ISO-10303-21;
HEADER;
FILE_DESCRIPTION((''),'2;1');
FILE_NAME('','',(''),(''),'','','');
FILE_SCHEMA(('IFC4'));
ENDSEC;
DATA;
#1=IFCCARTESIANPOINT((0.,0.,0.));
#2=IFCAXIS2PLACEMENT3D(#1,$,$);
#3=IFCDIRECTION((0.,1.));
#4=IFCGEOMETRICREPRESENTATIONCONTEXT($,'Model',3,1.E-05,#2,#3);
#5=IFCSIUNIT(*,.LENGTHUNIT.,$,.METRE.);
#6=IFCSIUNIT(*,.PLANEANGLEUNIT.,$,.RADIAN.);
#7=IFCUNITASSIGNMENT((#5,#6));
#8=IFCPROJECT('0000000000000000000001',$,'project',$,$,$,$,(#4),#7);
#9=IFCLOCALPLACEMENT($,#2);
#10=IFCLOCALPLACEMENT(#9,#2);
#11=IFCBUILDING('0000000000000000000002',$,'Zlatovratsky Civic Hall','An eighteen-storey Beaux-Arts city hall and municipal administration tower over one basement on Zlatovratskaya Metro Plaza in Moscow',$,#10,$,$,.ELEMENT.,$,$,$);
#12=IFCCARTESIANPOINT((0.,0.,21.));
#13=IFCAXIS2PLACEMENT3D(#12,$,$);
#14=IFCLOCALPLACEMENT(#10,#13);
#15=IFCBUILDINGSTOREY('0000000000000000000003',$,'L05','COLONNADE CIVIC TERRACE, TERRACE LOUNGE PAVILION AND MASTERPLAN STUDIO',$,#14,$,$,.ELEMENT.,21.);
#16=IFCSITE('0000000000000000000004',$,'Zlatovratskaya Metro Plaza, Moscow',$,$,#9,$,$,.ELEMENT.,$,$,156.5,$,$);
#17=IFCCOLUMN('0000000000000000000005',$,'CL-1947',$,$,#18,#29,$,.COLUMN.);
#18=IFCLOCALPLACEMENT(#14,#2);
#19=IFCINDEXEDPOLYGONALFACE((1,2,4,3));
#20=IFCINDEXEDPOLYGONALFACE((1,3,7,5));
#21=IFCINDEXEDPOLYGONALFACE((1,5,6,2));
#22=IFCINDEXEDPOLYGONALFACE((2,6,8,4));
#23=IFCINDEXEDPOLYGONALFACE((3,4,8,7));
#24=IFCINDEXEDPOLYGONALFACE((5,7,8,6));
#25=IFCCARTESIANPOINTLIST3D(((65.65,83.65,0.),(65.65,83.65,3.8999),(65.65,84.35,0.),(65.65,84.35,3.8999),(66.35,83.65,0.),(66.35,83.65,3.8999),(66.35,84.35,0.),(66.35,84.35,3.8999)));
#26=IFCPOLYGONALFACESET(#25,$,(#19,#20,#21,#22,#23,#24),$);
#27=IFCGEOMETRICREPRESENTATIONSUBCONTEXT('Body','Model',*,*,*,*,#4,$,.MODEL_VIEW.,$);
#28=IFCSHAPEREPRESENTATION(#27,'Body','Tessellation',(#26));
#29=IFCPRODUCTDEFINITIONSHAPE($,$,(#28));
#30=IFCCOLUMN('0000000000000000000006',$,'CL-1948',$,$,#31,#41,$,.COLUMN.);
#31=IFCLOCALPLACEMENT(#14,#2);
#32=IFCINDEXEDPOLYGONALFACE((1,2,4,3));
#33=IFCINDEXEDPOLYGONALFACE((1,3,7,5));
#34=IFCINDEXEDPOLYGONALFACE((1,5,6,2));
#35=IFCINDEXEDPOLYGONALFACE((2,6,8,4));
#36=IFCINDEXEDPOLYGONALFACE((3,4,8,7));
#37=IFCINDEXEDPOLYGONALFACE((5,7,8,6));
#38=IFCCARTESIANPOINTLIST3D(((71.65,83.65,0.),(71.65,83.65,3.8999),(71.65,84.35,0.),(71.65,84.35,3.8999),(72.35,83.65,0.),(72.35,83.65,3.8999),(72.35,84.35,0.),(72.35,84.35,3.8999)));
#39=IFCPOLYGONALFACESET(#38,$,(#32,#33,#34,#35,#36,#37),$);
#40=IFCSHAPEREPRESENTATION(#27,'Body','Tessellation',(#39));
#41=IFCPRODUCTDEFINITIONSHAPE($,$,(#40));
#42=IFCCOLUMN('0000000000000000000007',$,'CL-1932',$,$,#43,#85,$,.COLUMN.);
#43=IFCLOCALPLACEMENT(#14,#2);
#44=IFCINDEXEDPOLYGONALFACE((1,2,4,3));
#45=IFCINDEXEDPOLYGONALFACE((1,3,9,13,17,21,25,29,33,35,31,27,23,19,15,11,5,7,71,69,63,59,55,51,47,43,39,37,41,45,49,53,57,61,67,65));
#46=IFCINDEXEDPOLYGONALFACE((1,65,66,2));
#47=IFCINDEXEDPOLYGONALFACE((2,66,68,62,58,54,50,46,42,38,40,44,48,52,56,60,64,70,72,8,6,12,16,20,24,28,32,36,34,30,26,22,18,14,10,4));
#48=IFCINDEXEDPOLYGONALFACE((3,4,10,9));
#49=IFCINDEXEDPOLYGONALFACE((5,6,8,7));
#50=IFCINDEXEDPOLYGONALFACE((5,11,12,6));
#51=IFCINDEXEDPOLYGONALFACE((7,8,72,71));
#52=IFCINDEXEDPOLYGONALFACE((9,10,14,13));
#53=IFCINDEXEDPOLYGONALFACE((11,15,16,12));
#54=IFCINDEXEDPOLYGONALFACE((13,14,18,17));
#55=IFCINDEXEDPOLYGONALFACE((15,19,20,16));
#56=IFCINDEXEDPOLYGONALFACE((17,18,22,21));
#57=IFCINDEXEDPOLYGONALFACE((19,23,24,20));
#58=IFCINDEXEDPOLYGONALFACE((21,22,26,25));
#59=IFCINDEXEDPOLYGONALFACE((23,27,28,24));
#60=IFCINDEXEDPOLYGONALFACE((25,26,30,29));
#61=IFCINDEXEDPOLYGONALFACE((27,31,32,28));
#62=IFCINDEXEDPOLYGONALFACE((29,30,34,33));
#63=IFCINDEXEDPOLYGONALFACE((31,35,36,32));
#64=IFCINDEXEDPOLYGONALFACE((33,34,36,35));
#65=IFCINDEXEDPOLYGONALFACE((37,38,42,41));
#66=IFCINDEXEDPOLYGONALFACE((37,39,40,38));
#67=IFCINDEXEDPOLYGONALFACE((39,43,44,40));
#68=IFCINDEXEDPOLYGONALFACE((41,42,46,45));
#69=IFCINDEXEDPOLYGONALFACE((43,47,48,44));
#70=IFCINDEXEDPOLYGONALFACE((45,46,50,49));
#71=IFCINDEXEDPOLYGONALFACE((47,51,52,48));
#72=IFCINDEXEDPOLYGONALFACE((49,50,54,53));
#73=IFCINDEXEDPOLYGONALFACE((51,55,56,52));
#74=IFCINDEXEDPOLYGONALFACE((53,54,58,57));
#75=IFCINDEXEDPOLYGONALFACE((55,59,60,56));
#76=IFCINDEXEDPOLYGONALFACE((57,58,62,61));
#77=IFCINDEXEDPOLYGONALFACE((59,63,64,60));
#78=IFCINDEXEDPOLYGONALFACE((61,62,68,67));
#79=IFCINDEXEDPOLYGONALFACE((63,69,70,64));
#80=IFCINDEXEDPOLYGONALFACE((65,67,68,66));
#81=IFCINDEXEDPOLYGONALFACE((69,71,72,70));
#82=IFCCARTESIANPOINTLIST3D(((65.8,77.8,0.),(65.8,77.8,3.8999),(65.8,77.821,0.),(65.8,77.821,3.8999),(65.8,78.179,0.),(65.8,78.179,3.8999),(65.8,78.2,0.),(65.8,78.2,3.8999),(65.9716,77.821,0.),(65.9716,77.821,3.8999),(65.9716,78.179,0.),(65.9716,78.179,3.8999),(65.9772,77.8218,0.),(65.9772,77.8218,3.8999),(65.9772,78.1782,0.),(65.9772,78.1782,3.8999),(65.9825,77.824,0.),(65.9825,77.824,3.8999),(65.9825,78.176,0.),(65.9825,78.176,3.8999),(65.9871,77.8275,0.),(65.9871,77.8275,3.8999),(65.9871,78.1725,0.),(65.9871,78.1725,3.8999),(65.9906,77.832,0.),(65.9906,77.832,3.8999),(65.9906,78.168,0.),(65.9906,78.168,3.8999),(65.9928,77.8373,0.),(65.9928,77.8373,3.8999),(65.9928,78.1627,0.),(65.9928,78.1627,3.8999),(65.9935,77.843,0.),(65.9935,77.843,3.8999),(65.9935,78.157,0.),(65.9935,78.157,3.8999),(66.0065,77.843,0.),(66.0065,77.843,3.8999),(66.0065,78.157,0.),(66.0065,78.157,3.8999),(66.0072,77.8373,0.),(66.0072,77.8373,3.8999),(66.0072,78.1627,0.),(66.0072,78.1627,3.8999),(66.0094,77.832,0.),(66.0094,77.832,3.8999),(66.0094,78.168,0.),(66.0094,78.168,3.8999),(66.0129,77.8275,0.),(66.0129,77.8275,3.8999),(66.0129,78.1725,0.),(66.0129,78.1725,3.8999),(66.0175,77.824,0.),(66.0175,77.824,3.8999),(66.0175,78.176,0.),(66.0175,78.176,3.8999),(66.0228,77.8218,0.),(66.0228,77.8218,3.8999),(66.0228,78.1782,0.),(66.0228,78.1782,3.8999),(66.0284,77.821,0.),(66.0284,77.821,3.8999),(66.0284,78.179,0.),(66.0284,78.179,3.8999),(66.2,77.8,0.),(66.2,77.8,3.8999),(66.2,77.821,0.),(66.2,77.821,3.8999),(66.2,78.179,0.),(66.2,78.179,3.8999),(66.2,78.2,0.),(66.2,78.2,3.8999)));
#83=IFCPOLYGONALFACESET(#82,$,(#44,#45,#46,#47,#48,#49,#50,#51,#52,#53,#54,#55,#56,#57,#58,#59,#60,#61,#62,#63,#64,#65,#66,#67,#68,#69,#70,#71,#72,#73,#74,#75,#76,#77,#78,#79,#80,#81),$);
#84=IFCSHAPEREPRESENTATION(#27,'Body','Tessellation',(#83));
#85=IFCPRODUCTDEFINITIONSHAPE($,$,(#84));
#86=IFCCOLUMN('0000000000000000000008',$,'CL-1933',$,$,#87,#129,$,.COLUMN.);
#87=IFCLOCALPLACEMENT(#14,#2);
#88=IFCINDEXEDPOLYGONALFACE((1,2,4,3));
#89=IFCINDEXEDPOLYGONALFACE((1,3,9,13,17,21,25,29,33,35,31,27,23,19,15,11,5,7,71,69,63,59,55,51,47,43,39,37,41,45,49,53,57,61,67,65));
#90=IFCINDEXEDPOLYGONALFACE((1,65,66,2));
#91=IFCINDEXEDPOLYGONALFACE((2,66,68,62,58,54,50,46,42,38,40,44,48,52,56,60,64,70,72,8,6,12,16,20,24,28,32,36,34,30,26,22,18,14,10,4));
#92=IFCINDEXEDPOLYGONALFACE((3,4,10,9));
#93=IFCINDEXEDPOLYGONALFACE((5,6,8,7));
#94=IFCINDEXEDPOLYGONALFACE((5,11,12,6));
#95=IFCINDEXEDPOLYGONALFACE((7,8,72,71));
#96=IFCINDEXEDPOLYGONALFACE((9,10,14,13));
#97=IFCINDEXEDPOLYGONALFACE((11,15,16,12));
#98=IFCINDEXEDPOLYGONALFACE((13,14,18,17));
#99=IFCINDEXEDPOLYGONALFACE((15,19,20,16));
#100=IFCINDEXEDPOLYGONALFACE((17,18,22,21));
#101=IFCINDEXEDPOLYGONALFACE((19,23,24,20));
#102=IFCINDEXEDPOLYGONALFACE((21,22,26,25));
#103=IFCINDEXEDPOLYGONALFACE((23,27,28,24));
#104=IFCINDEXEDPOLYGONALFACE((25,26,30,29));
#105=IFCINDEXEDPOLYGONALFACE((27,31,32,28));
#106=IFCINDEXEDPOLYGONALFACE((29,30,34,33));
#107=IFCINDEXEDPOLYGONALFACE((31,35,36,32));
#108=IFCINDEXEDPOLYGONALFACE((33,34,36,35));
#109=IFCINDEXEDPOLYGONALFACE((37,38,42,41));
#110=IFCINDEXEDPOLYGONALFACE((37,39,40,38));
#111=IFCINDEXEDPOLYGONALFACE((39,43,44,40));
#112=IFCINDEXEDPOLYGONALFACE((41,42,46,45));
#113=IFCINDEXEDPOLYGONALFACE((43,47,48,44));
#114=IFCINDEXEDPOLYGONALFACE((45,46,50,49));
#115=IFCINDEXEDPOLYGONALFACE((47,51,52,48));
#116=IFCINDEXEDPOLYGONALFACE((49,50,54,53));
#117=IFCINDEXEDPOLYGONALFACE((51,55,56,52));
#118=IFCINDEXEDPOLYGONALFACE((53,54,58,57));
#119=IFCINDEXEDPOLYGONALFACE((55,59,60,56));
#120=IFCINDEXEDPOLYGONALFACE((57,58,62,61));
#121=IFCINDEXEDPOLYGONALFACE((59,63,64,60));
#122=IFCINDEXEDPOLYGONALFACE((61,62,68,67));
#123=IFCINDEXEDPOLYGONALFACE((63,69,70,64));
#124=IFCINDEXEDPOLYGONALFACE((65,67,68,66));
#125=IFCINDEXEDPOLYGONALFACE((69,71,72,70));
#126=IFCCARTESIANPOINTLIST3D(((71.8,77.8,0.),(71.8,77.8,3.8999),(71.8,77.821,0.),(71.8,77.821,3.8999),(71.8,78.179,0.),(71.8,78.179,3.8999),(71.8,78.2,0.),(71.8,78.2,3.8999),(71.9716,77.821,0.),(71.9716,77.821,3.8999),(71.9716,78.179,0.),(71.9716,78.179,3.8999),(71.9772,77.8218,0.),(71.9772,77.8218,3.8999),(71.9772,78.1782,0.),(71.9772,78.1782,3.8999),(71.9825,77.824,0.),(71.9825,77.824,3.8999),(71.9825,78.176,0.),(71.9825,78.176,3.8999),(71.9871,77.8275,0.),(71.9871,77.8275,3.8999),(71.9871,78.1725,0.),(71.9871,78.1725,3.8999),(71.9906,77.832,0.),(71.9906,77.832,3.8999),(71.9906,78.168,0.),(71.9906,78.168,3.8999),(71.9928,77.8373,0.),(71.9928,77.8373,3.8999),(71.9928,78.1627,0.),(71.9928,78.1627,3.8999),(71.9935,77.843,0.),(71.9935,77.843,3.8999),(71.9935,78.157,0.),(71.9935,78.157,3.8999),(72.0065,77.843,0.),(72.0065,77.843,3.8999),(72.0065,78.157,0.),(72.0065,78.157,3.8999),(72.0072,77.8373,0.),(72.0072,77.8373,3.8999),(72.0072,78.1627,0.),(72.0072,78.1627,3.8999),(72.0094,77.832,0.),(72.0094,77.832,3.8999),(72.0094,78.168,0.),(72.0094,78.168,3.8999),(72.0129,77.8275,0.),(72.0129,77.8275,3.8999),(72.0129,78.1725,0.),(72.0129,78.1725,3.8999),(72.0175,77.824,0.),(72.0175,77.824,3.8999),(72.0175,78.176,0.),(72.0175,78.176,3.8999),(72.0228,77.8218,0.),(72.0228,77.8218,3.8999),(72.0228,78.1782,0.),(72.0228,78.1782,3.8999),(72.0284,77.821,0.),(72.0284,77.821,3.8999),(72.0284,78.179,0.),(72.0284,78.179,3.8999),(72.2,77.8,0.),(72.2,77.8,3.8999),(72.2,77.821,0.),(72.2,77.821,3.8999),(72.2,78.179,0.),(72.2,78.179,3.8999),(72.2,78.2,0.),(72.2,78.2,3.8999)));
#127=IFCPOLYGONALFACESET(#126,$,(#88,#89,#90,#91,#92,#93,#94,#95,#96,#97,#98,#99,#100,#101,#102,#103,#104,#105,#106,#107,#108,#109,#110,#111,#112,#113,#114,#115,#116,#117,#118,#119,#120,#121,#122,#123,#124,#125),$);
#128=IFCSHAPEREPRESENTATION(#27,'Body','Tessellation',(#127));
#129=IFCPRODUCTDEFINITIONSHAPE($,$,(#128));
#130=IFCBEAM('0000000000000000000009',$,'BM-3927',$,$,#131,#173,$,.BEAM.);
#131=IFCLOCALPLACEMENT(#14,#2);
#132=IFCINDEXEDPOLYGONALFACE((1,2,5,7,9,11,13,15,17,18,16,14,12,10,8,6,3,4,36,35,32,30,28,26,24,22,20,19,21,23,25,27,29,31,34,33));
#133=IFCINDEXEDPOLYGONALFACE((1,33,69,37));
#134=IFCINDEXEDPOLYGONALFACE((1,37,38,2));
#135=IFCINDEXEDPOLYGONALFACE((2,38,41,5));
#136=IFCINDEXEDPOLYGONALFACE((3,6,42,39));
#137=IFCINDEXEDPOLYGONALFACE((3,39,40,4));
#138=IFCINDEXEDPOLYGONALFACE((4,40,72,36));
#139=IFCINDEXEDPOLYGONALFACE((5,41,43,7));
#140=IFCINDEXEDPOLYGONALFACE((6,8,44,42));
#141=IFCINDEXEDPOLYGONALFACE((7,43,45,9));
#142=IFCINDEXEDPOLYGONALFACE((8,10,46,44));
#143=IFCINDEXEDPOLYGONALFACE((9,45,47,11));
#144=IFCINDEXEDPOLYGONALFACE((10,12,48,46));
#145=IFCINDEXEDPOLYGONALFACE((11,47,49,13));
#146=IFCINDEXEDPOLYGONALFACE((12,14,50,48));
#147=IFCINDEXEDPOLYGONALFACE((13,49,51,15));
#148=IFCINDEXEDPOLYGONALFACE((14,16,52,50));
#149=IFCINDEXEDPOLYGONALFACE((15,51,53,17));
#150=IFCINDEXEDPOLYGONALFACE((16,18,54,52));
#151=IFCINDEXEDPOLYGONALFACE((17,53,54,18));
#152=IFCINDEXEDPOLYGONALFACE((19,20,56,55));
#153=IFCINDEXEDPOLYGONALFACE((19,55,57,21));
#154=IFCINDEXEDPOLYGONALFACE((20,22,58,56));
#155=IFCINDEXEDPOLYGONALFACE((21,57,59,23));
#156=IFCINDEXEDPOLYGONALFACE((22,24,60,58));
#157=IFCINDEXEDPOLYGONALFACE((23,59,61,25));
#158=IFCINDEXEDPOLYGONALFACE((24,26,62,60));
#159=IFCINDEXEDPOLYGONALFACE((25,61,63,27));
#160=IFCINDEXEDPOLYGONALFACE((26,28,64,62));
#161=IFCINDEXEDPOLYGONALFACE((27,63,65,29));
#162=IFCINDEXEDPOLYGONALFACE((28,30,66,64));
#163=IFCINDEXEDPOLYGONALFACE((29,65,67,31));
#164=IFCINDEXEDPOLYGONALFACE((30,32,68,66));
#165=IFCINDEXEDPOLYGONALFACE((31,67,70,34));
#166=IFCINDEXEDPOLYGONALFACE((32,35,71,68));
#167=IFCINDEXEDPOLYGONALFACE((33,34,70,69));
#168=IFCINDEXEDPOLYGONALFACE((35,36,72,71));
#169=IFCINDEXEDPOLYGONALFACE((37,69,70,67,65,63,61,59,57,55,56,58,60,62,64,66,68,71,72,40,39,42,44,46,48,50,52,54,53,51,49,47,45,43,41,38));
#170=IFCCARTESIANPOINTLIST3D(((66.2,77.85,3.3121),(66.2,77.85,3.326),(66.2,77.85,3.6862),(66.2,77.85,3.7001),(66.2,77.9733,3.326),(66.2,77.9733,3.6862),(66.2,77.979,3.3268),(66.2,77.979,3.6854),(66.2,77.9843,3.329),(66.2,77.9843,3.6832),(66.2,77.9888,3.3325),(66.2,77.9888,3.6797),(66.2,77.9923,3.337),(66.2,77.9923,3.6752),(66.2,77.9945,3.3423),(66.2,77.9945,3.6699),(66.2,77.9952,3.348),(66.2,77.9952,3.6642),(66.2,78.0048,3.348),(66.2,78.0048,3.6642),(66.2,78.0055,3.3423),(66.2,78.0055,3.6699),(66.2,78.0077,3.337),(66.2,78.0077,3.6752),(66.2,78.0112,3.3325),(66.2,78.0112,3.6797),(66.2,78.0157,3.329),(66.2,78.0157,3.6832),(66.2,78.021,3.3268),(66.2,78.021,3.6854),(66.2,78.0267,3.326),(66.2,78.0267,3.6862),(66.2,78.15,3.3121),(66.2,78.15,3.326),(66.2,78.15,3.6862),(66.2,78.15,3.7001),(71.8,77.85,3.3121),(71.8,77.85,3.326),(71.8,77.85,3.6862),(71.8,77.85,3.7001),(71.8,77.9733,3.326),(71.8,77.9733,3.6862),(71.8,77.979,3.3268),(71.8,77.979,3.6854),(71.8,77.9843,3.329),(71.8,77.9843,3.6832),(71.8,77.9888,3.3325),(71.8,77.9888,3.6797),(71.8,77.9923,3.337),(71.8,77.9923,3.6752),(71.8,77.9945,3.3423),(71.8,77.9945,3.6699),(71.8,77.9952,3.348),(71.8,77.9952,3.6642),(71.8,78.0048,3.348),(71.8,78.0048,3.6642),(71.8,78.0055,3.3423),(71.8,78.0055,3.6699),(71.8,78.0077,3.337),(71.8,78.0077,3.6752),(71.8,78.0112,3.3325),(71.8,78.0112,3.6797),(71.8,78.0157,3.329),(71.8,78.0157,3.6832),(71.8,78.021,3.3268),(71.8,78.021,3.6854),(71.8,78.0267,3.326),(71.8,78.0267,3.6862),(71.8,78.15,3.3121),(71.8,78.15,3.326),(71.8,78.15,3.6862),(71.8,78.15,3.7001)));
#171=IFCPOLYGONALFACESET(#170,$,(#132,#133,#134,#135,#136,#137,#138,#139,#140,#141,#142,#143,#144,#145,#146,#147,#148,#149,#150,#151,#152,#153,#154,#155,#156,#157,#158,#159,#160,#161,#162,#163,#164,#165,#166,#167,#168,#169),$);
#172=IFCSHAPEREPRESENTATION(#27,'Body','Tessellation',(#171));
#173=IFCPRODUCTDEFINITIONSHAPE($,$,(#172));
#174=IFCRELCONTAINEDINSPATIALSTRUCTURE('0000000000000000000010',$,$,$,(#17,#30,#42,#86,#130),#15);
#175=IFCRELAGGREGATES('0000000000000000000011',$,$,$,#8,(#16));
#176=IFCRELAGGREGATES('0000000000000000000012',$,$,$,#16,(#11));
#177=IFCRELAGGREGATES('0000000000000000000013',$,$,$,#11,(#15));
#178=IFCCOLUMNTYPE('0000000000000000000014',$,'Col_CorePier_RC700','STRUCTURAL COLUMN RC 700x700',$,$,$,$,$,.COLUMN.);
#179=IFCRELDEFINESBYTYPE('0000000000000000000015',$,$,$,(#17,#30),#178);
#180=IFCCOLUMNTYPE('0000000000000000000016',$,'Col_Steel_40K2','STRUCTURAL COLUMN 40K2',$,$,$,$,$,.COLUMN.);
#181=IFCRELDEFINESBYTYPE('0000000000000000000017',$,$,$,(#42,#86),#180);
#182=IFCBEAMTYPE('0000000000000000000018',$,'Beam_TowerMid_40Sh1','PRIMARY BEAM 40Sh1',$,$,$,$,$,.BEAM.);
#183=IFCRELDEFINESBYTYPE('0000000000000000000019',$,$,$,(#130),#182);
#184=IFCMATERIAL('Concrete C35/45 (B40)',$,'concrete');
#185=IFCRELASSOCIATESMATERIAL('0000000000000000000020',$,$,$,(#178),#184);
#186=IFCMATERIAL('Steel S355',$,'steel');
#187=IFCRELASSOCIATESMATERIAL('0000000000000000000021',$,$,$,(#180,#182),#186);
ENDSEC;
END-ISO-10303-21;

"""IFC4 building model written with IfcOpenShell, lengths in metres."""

from ifc_helpers import new_model, si_unit, direction, frame, origin, origin_2d, place, context, subcontext, project, spatial, rectangle, i_section, extrude, material, material_profile, profile_set, type_object, element, save


model = new_model("IFC4")

# Units and contexts
model_context = context("Model", 3, precision=1e-05, world=origin(), true_north=direction((0.0, 1.0)))
body_context = subcontext(model_context, "Body", "Model", "MODEL_VIEW")
ifc_project = project(units=[si_unit("LENGTHUNIT", "METRE"), si_unit("PLANEANGLEUNIT", "RADIAN")], contexts=[model_context])

# Site, building, storey
site_placement = place(None, origin())
site = spatial("IfcSite", under=ifc_project, at=site_placement, Name="Zlatovratskaya Metro Plaza, Moscow", CompositionType="ELEMENT", RefElevation=156.5)
building_placement = place(site_placement, origin())
building = spatial("IfcBuilding", under=site, at=building_placement, Name="Zlatovratsky Civic Hall", Description="An eighteen-storey Beaux-Arts city hall and municipal administration tower over one basement on Zlatovratskaya Metro Plaza in Moscow", CompositionType="ELEMENT")
storey_placement = place(building_placement, frame((0.0, 0.0, 21.0)))
storey = spatial("IfcBuildingStorey", under=building, at=storey_placement, Name="L05", Description="COLONNADE CIVIC TERRACE, TERRACE LOUNGE PAVILION AND MASTERPLAN STUDIO", CompositionType="ELEMENT", Elevation=21.0)

# Columns
ifc_material_1 = material(Name="Concrete C35/45 (B40)", Category="concrete")
ifc_material_profile_1 = material_profile(ifc_material_1, rectangle(XDim=0.7, YDim=0.7, at=origin_2d()), Name="RC 700x700")
ifc_profile_set_1 = profile_set([ifc_material_profile_1], Name="Concrete C35/45 (B40)")
column_type_1 = type_object("IfcColumnType", Name="Col_CorePier_RC700", Description="STRUCTURAL COLUMN RC 700x700", PredefinedType="COLUMN", material=ifc_profile_set_1)
for number, where, z_axis, x_axis, name in (
    (1, (66.0, 84.0, 0.0), (0.0, 0.0, 1.0), (1.0, 0.0, 0.0), "CL-1947"),
    (2, (72.0, 84.0, 0.0), (0.0, 0.0, 1.0), (1.0, 0.0, 0.0), "CL-1948"),
):
    element("IfcColumn", number, at=place(storey_placement, frame(where, z_axis=z_axis, x_axis=x_axis)), inside=storey, type_object=column_type_1, Name=name, PredefinedType="COLUMN", context=body_context, shape_type="SweptSolid", body=[
        extrude(rectangle(XDim=0.7, YDim=0.7, at=origin_2d()), origin(), (0.0, 0.0, 1.0), 3.8999),
    ])
ifc_material_2 = material(Name="Steel S355", Category="steel")
ifc_material_profile_2 = material_profile(ifc_material_2, i_section(OverallWidth=0.3999, OverallDepth=0.3999, WebThickness=0.0129, FlangeThickness=0.021, FilletRadius=0.022, at=origin_2d()), Name="40K2")
ifc_profile_set_2 = profile_set([ifc_material_profile_2], Name="Steel S355")
column_type_2 = type_object("IfcColumnType", Name="Col_Steel_40K2", Description="STRUCTURAL COLUMN 40K2", PredefinedType="COLUMN", material=ifc_profile_set_2)
for number, where, z_axis, x_axis, name in (
    (3, (66.0, 78.0, 0.0), (0.0, 0.0, 1.0), (1.0, 0.0, 0.0), "CL-1932"),
    (4, (72.0, 78.0, 0.0), (0.0, 0.0, 1.0), (1.0, 0.0, 0.0), "CL-1933"),
):
    element("IfcColumn", number, at=place(storey_placement, frame(where, z_axis=z_axis, x_axis=x_axis)), inside=storey, type_object=column_type_2, Name=name, PredefinedType="COLUMN", context=body_context, shape_type="SweptSolid", body=[
        extrude(i_section(OverallWidth=0.3999, OverallDepth=0.3999, WebThickness=0.0129, FlangeThickness=0.021, FilletRadius=0.022, at=origin_2d()), origin(), (0.0, 0.0, 1.0), 3.8999),
    ])

# Beam
ifc_material_profile_3 = material_profile(ifc_material_2, i_section(OverallWidth=0.3, OverallDepth=0.3879, WebThickness=0.0095, FlangeThickness=0.0139, FilletRadius=0.022, at=origin_2d()), Name="40Sh1")
ifc_profile_set_3 = profile_set([ifc_material_profile_3], Name="Steel S355")
beam_type = type_object("IfcBeamType", Name="Beam_TowerMid_40Sh1", Description="PRIMARY BEAM 40Sh1", PredefinedType="BEAM", material=ifc_profile_set_3)
beam_1_placement = place(storey_placement, frame((66.2, 78.0, 3.5061), z_axis=(1.0, 0.0, 0.0), x_axis=(0.0, 1.0, 0.0)))
element("IfcBeam", 5, at=beam_1_placement, inside=storey, type_object=beam_type, Name="BM-3927", PredefinedType="BEAM", context=body_context, shape_type="SweptSolid", body=[
    extrude(i_section(OverallWidth=0.3, OverallDepth=0.3879, WebThickness=0.0095, FlangeThickness=0.0139, FilletRadius=0.022, at=origin_2d()), origin(), (0.0, 0.0, 1.0), 5.6001),
])

save(model, "model.ifc")
